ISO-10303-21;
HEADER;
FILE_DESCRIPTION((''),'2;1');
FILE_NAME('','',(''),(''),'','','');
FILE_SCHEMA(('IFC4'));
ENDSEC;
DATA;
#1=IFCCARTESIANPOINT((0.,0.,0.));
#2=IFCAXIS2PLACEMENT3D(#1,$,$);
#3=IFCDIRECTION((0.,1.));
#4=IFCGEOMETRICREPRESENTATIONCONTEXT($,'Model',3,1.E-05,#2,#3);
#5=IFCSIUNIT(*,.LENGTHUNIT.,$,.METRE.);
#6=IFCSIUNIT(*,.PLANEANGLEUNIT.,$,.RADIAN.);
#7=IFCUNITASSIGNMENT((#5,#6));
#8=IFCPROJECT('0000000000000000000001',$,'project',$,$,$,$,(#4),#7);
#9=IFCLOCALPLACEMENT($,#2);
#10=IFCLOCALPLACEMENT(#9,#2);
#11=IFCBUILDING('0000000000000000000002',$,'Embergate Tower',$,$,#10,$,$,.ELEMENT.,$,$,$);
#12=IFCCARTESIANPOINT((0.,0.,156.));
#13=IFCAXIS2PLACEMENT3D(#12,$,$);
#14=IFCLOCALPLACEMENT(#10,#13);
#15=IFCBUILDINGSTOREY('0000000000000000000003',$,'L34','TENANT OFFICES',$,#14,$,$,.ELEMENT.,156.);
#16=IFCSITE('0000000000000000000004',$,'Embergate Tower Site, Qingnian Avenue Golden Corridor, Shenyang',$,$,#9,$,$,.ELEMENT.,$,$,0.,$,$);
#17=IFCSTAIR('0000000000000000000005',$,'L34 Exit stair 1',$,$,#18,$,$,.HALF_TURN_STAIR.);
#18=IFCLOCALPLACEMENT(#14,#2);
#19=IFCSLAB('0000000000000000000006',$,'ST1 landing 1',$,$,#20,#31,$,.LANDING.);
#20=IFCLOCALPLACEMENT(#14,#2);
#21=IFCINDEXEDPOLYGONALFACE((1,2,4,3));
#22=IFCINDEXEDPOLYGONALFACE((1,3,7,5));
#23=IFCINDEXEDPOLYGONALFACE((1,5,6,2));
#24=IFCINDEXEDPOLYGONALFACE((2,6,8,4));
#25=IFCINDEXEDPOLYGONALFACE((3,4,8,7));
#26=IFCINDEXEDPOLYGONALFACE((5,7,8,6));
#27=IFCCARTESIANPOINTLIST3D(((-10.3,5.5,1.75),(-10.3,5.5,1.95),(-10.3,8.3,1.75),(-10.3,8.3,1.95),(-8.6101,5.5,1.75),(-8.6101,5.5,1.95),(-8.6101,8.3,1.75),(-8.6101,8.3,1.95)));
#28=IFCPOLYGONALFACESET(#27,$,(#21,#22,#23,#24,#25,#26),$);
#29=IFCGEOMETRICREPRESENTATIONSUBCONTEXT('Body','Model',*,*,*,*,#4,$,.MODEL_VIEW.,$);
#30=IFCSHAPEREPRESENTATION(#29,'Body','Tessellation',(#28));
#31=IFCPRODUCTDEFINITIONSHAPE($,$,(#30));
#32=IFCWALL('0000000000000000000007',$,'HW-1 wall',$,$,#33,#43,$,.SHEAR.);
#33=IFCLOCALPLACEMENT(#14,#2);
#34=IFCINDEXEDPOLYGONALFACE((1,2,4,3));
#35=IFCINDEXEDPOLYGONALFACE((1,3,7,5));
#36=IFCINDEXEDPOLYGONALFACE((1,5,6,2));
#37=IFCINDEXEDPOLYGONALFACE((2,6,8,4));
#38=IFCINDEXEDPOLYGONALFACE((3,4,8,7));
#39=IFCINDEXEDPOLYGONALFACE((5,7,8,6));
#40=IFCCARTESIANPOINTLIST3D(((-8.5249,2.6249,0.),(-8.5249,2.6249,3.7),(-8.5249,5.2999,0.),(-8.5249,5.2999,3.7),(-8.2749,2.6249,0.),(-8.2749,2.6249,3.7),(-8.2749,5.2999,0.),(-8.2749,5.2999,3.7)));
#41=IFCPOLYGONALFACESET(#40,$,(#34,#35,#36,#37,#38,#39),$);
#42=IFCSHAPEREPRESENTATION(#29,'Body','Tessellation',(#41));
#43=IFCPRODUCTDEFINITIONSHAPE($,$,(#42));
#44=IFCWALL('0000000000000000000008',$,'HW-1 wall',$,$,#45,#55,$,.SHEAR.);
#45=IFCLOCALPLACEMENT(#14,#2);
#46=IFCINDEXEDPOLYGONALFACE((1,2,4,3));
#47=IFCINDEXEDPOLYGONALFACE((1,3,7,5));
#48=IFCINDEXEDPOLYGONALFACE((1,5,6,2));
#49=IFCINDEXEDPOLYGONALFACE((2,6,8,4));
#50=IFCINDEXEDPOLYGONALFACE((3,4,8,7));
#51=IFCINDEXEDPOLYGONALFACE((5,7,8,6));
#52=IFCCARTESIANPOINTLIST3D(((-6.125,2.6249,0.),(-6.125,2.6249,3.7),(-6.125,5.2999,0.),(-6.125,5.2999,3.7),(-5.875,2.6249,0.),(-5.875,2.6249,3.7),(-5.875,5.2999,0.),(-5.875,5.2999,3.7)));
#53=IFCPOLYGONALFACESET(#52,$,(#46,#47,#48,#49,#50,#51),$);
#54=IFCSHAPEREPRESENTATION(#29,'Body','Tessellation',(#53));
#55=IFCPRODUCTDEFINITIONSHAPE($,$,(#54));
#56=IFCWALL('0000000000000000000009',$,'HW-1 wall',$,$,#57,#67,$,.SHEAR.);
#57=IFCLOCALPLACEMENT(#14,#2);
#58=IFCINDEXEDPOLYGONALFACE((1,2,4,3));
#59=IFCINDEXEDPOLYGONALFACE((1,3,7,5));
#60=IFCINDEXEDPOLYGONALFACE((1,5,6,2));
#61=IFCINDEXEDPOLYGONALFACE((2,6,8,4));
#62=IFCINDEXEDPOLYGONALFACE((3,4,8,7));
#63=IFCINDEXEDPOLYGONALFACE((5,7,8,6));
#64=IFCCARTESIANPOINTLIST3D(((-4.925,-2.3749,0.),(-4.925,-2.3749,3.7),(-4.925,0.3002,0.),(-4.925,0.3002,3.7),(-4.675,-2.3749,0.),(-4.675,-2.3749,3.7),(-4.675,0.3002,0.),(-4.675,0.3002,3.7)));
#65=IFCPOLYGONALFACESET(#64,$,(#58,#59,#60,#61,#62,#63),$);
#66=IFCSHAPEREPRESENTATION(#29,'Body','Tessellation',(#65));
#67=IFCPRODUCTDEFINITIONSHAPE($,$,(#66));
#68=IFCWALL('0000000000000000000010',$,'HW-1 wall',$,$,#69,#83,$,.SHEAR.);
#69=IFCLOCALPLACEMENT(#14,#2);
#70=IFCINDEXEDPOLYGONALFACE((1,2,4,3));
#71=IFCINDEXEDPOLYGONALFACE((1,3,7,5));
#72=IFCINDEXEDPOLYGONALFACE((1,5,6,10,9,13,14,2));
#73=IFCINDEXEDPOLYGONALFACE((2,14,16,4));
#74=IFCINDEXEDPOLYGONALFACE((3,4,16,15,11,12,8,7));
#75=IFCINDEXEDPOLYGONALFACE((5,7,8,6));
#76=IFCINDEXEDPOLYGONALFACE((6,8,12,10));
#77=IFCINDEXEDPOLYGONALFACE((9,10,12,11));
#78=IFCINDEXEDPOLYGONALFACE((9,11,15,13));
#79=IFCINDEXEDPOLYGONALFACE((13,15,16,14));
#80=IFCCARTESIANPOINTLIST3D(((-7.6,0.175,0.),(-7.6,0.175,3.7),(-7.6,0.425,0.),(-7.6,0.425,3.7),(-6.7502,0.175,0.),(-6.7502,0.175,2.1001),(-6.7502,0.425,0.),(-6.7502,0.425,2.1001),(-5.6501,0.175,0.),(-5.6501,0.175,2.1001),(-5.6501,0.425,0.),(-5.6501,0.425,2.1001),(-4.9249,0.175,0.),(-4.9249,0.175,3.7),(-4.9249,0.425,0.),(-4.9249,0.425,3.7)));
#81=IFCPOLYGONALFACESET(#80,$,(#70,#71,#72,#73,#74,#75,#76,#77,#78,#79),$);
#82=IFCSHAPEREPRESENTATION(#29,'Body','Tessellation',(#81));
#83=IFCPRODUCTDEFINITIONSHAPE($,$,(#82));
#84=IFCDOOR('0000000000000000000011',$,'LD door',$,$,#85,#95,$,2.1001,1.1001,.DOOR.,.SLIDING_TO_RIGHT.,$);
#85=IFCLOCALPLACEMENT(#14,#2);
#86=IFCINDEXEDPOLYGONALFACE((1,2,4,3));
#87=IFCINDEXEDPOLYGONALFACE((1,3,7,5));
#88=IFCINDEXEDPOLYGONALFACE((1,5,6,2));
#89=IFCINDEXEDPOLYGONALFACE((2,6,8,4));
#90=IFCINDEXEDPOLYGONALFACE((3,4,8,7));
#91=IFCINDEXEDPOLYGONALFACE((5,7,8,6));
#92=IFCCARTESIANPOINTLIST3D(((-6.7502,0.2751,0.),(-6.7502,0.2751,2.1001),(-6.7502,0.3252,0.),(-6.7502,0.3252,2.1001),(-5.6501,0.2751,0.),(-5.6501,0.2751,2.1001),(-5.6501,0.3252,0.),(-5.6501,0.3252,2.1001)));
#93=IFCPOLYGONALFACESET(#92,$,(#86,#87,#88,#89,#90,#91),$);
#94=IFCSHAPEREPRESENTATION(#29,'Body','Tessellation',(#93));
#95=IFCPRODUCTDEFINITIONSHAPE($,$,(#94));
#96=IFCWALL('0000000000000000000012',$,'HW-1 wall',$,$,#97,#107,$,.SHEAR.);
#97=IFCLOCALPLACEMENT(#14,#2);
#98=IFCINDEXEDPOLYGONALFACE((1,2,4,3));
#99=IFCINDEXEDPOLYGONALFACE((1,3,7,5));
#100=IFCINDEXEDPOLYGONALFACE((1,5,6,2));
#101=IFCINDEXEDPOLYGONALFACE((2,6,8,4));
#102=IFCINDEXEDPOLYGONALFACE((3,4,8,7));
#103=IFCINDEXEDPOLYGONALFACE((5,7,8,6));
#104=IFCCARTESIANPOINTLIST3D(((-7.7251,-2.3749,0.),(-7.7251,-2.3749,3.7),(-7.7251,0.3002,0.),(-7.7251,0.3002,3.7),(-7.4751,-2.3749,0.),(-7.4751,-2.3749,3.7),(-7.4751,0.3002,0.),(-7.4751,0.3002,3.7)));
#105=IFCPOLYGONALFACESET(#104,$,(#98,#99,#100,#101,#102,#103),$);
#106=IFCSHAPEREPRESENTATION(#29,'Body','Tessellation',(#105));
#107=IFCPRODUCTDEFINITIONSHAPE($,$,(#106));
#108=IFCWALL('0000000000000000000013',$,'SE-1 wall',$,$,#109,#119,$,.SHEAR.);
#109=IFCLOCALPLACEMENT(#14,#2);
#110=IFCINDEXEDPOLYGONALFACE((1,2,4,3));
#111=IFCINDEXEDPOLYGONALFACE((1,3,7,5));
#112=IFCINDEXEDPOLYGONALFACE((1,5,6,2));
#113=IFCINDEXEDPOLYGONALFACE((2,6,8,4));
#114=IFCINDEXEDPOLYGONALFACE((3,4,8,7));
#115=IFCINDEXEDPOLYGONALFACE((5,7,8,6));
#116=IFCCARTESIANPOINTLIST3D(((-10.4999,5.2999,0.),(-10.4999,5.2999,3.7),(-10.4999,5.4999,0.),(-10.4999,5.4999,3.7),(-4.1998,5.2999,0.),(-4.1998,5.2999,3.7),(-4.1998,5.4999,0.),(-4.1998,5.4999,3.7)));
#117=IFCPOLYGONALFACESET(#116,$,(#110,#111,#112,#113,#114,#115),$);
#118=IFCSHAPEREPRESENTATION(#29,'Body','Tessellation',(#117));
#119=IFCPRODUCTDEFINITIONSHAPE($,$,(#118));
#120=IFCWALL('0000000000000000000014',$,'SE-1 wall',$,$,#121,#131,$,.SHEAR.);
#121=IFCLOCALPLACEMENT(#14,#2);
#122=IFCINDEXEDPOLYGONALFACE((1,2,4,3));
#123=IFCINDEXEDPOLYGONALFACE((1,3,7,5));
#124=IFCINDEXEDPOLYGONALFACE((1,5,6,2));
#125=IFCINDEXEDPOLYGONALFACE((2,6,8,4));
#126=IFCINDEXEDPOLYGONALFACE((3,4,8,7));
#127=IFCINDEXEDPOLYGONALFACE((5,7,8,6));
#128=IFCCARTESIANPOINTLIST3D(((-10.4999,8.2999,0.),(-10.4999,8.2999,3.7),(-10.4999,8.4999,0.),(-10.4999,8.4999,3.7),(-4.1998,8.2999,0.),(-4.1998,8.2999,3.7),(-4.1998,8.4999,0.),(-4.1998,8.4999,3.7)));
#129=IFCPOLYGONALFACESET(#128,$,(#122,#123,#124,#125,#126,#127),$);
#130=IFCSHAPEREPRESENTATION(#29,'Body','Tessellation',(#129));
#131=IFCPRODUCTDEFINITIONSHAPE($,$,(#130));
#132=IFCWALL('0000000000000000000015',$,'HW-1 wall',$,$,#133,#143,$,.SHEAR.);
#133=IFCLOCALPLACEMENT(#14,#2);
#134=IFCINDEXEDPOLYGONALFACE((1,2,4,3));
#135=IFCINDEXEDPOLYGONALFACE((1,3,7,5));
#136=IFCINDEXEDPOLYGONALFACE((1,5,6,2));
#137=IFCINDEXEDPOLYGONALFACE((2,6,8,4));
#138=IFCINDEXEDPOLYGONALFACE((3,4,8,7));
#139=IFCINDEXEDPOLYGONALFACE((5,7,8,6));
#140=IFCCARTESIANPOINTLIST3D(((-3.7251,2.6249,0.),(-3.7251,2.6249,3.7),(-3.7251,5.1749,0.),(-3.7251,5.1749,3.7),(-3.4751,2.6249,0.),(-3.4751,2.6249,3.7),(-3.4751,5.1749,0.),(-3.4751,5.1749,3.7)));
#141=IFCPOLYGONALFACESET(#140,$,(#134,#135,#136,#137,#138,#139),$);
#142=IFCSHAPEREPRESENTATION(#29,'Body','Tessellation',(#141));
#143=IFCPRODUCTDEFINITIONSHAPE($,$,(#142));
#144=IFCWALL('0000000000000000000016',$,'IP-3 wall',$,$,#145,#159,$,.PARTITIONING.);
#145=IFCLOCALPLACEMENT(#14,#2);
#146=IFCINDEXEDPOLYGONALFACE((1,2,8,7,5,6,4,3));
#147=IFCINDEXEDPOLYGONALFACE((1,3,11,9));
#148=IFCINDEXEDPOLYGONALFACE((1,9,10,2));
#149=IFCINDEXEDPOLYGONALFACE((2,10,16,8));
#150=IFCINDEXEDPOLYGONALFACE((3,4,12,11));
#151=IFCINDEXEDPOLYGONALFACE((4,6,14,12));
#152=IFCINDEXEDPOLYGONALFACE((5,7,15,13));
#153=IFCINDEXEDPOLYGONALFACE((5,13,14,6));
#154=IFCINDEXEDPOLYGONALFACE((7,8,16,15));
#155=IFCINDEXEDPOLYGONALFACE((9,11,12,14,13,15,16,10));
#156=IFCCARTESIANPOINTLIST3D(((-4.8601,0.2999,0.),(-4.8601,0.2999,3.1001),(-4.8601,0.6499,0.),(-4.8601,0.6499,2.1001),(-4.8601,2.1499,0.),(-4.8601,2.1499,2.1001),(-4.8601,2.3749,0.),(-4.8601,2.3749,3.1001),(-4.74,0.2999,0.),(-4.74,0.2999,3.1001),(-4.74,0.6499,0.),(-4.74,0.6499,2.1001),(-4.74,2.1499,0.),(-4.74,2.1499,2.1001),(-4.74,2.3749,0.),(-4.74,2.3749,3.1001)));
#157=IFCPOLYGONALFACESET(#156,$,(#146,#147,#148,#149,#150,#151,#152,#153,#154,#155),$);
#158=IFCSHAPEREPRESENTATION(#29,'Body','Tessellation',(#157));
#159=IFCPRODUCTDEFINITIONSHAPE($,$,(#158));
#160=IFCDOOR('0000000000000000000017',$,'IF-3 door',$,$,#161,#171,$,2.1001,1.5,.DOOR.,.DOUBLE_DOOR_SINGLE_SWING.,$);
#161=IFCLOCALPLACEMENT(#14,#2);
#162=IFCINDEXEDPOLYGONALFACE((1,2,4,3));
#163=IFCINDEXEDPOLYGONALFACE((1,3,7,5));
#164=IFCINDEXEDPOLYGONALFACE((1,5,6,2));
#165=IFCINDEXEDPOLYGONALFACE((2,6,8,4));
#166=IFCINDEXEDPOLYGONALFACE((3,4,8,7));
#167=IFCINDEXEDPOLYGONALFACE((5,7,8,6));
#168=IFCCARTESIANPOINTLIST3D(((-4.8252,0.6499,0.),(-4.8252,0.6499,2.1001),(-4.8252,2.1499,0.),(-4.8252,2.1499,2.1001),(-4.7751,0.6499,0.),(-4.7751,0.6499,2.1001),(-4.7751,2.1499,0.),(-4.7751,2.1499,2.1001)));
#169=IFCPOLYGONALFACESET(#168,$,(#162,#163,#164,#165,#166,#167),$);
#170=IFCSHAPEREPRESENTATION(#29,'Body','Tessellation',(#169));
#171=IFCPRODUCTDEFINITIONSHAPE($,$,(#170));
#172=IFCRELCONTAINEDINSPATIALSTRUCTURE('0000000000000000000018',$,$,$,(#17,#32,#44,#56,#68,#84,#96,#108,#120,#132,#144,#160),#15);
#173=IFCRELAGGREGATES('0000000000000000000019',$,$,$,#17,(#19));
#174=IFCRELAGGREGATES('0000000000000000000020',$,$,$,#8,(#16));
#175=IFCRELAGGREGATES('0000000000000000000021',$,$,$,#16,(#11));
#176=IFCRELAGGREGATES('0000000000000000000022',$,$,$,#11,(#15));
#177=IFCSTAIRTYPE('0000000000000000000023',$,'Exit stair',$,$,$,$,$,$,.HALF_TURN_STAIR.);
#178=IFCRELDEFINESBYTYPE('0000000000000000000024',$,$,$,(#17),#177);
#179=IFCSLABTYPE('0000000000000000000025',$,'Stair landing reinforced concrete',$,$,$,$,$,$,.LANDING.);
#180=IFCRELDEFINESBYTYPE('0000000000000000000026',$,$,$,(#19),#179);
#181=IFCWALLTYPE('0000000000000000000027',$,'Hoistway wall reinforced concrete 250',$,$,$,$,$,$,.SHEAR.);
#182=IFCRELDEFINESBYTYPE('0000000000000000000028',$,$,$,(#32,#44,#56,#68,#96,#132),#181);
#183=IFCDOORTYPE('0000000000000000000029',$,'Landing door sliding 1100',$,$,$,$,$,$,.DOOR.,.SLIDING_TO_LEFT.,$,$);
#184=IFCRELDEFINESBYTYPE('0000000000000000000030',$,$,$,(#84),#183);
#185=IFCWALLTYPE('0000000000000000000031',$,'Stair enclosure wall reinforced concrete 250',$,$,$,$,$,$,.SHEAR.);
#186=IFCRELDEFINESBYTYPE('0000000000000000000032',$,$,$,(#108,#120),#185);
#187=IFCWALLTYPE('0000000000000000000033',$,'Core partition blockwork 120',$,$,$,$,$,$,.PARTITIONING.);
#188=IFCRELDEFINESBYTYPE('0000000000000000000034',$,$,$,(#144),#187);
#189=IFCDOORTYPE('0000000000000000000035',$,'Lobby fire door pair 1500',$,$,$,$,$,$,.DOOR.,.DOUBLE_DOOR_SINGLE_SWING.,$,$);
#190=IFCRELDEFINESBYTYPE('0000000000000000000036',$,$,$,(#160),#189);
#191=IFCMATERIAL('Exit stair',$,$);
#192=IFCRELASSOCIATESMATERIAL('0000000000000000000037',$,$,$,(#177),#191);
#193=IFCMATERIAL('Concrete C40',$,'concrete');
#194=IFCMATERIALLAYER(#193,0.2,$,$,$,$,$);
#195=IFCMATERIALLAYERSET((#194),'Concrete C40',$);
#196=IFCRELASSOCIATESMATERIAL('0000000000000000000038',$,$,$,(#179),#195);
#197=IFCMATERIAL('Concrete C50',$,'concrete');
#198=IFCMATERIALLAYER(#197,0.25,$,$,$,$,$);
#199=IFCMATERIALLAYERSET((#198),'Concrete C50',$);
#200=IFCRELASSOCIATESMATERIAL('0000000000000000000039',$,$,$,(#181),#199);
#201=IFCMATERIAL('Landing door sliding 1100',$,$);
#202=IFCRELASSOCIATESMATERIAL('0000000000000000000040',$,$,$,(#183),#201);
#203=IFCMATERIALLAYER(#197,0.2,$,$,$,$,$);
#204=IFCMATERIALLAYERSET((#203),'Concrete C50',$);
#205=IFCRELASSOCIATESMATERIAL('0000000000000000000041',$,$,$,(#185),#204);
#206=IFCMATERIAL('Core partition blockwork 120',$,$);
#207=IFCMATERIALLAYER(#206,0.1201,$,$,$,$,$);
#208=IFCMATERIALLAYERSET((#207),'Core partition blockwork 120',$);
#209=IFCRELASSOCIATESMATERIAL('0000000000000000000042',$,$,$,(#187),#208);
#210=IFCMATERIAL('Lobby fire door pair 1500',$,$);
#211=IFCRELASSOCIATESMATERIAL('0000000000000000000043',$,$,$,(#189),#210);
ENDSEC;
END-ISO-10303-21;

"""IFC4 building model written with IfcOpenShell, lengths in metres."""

from ifc_helpers import new_model, si_unit, direction, frame, frame_2d, origin, place, context, subcontext, project, spatial, polyline, rectangle, outline, extrude, source, transform, mapped, material, layer, layer_set, type_object, element, fill, aggregate, save


model = new_model("IFC4")

# Units and contexts
model_context = context("Model", 3, precision=1e-05, world=origin(), true_north=direction((0.0, 1.0)))
body_context = subcontext(model_context, "Body", "Model", "MODEL_VIEW")
ifc_project = project(units=[si_unit("LENGTHUNIT", "METRE"), si_unit("PLANEANGLEUNIT", "RADIAN")], contexts=[model_context])

# Site, building, storey
site_placement = place(None, origin())
site = spatial("IfcSite", under=ifc_project, at=site_placement, Name="Embergate Tower Site, Qingnian Avenue Golden Corridor, Shenyang", CompositionType="ELEMENT", RefElevation=0.0)
building_placement = place(site_placement, origin())
building = spatial("IfcBuilding", under=site, at=building_placement, Name="Embergate Tower", CompositionType="ELEMENT")
storey_placement = place(building_placement, frame((0.0, 0.0, 156.0)))
storey = spatial("IfcBuildingStorey", under=building, at=storey_placement, Name="L34", Description="TENANT OFFICES", CompositionType="ELEMENT", Elevation=156.0)

# Stair, slab
ifc_material_1 = material(Name="Exit stair")
stair_type = type_object("IfcStairType", Name="Exit stair", PredefinedType="HALF_TURN_STAIR", material=ifc_material_1)
stair_placement = place(storey_placement, origin())
stair = element("IfcStair", 1, at=stair_placement, inside=storey, type_object=stair_type, Name="L34 Exit stair 1", PredefinedType="HALF_TURN_STAIR")
ifc_material_2 = material(Name="Concrete C40", Category="concrete")
ifc_layer_1 = layer(ifc_material_2, 0.2)
ifc_layer_set_1 = layer_set([ifc_layer_1], Name="Concrete C40")
slab_type = type_object("IfcSlabType", Name="Stair landing reinforced concrete", PredefinedType="LANDING", material=ifc_layer_set_1)
shared_shape_1 = source(origin(), body_context, "Body", "SweptSolid", [
    extrude(outline(polyline([(0.0, 0.0), (1.6899, 0.0), (1.6899, 2.8), (0.0, 2.8), (0.0, 0.0)])), origin(), (0.0, 0.0, 1.0), 0.2),
])
slab_placement = place(storey_placement, frame((-10.3, 5.5, 1.75)))
slab = element("IfcSlab", 2, at=slab_placement, type_object=slab_type, Name="ST1 landing 1", PredefinedType="LANDING", context=body_context, shape_type="MappedRepresentation", body=[
    mapped(shared_shape_1, transform((0.0, 0.0, 0.0))),
])

# Walls
ifc_material_3 = material(Name="Concrete C50", Category="concrete")
ifc_layer_2 = layer(ifc_material_3, 0.25)
ifc_layer_set_2 = layer_set([ifc_layer_2], Name="Concrete C50")
wall_type_1 = type_object("IfcWallType", Name="Hoistway wall reinforced concrete 250", PredefinedType="SHEAR", material=ifc_layer_set_2)
shared_shape_2 = source(origin(), body_context, "Body", "SweptSolid", [
    extrude(rectangle(XDim=2.675, YDim=0.25, at=frame_2d((1.3374, 0.0))), origin(), (0.0, 0.0, 1.0), 3.7),
])
for number, where, z_axis, x_axis, name in (
    (3, (-8.3999, 2.625, 0.0), (0.0, 0.0, 1.0), (0.0, 1.0, 0.0), "HW-1 wall"),
    (4, (-6.0, 2.625, 0.0), (0.0, 0.0, 1.0), (0.0, 1.0, 0.0), "HW-1 wall"),
    (5, (-4.8, 0.3, 0.0), (0.0, 0.0, 1.0), (0.0, -1.0, 0.0), "HW-1 wall"),
):
    element("IfcWall", number, at=place(storey_placement, frame(where, z_axis=z_axis, x_axis=x_axis)), inside=storey, type_object=wall_type_1, Name=name, PredefinedType="SHEAR", context=body_context, shape_type="MappedRepresentation", body=[
        mapped(shared_shape_2, transform((0.0, 0.0, 0.0))),
    ])

# Wall, opening, door
wall_1_placement = place(storey_placement, frame((-4.925, 0.3, 0.0), z_axis=(0.0, 0.0, 1.0), x_axis=(-1.0, 0.0, 0.0)))
wall_1 = element("IfcWall", 6, at=wall_1_placement, inside=storey, type_object=wall_type_1, Name="HW-1 wall", PredefinedType="SHEAR", context=body_context, shape_type="MappedRepresentation", body=[
    mapped(shared_shape_2, transform((0.0, 0.0, 0.0))),
])
shared_shape_3 = source(origin(), body_context, "Body", "SweptSolid", [
    extrude(rectangle(XDim=1.1001, YDim=2.1001, at=frame_2d((0.55, 1.05))), frame((0.0, 0.135, 0.0), z_axis=(0.0, -1.0, 0.0), x_axis=(1.0, 0.0, 0.0)), (0.0, 0.0, 1.0), 0.27),
])
opening_1_placement = place(wall_1_placement, frame((0.7251, 0.0, 0.0)))
opening_1 = element("IfcOpeningElement", 7, at=opening_1_placement, cuts=wall_1, PredefinedType="OPENING", context=body_context, shape_type="MappedRepresentation", body=[
    mapped(shared_shape_3, transform((0.0, 0.0, 0.0))),
])
ifc_material_4 = material(Name="Landing door sliding 1100")
door_type_1 = type_object("IfcDoorType", Name="Landing door sliding 1100", OperationType="SLIDING_TO_LEFT", PredefinedType="DOOR", material=ifc_material_4)
shared_shape_4 = source(origin(), body_context, "Body", "SweptSolid", [
    extrude(rectangle(XDim=1.1001, YDim=2.1001, at=frame_2d((0.55, 1.05))), frame((0.0, 0.0249, 0.0), z_axis=(0.0, -1.0, 0.0), x_axis=(1.0, 0.0, 0.0)), (0.0, 0.0, 1.0), 0.05),
])
door_1_placement = place(opening_1_placement, origin())
door_1 = element("IfcDoor", 8, at=door_1_placement, inside=storey, type_object=door_type_1, Name="LD door", OperationType="SLIDING_TO_RIGHT", OverallHeight=2.1001, OverallWidth=1.1001, PredefinedType="DOOR", context=body_context, shape_type="MappedRepresentation", body=[
    mapped(shared_shape_4, transform((0.0, 0.0, 0.0))),
])
fill(opening_1, door_1)

# Walls
wall_2_placement = place(storey_placement, frame((-7.6001, 0.3, 0.0), z_axis=(0.0, 0.0, 1.0), x_axis=(0.0, -1.0, 0.0)))
element("IfcWall", 9, at=wall_2_placement, inside=storey, type_object=wall_type_1, Name="HW-1 wall", PredefinedType="SHEAR", context=body_context, shape_type="MappedRepresentation", body=[
    mapped(shared_shape_2, transform((0.0, 0.0, 0.0))),
])
ifc_layer_3 = layer(ifc_material_3, 0.2)
ifc_layer_set_3 = layer_set([ifc_layer_3], Name="Concrete C50")
wall_type_2 = type_object("IfcWallType", Name="Stair enclosure wall reinforced concrete 250", PredefinedType="SHEAR", material=ifc_layer_set_3)
shared_shape_5 = source(origin(), body_context, "Body", "SweptSolid", [
    extrude(rectangle(XDim=6.3, YDim=0.2, at=frame_2d((3.1499, 0.0))), origin(), (0.0, 0.0, 1.0), 3.7),
])
for number, where, z_axis, x_axis, name in (
    (10, (-4.2, 5.3999, 0.0), (0.0, 0.0, 1.0), (-1.0, 0.0, 0.0), "SE-1 wall"),
    (11, (-4.2, 8.3999, 0.0), (0.0, 0.0, 1.0), (-1.0, 0.0, 0.0), "SE-1 wall"),
):
    element("IfcWall", number, at=place(storey_placement, frame(where, z_axis=z_axis, x_axis=x_axis)), inside=storey, type_object=wall_type_2, Name=name, PredefinedType="SHEAR", context=body_context, shape_type="MappedRepresentation", body=[
        mapped(shared_shape_5, transform((0.0, 0.0, 0.0))),
    ])
shared_shape_6 = source(origin(), body_context, "Body", "SweptSolid", [
    extrude(rectangle(XDim=2.55, YDim=0.25, at=frame_2d((1.2749, 0.0))), origin(), (0.0, 0.0, 1.0), 3.7),
])
wall_3_placement = place(storey_placement, frame((-3.6001, 2.625, 0.0), z_axis=(0.0, 0.0, 1.0), x_axis=(0.0, 1.0, 0.0)))
element("IfcWall", 12, at=wall_3_placement, inside=storey, type_object=wall_type_1, Name="HW-1 wall", PredefinedType="SHEAR", context=body_context, shape_type="MappedRepresentation", body=[
    mapped(shared_shape_6, transform((0.0, 0.0, 0.0))),
])

# Wall, opening, door
ifc_material_5 = material(Name="Core partition blockwork 120")
ifc_layer_4 = layer(ifc_material_5, 0.1201)
ifc_layer_set_4 = layer_set([ifc_layer_4], Name="Core partition blockwork 120")
wall_type_3 = type_object("IfcWallType", Name="Core partition blockwork 120", PredefinedType="PARTITIONING", material=ifc_layer_set_4)
shared_shape_7 = source(origin(), body_context, "Body", "SweptSolid", [
    extrude(rectangle(XDim=2.075, YDim=0.1201, at=frame_2d((1.0376, 0.0))), origin(), (0.0, 0.0, 1.0), 3.1001),
])
wall_4_placement = place(storey_placement, frame((-4.8, 2.375, 0.0), z_axis=(0.0, 0.0, 1.0), x_axis=(0.0, -1.0, 0.0)))
wall_4 = element("IfcWall", 13, at=wall_4_placement, inside=storey, type_object=wall_type_3, Name="IP-3 wall", PredefinedType="PARTITIONING", context=body_context, shape_type="MappedRepresentation", body=[
    mapped(shared_shape_7, transform((0.0, 0.0, 0.0))),
])
shared_shape_8 = source(origin(), body_context, "Body", "SweptSolid", [
    extrude(rectangle(XDim=1.5, YDim=2.1001, at=frame_2d((0.75, 1.05))), frame((0.0, 0.0701, 0.0), z_axis=(0.0, -1.0, 0.0), x_axis=(1.0, 0.0, 0.0)), (0.0, 0.0, 1.0), 0.1401),
])
opening_2_placement = place(wall_4_placement, frame((0.2251, 0.0, 0.0)))
opening_2 = element("IfcOpeningElement", 14, at=opening_2_placement, cuts=wall_4, PredefinedType="OPENING", context=body_context, shape_type="MappedRepresentation", body=[
    mapped(shared_shape_8, transform((0.0, 0.0, 0.0))),
])
ifc_material_6 = material(Name="Lobby fire door pair 1500")
door_type_2 = type_object("IfcDoorType", Name="Lobby fire door pair 1500", OperationType="DOUBLE_DOOR_SINGLE_SWING", PredefinedType="DOOR", material=ifc_material_6)
shared_shape_9 = source(origin(), body_context, "Body", "SweptSolid", [
    extrude(rectangle(XDim=1.5, YDim=2.1001, at=frame_2d((0.75, 1.05))), frame((0.0, 0.0249, 0.0), z_axis=(0.0, -1.0, 0.0), x_axis=(1.0, 0.0, 0.0)), (0.0, 0.0, 1.0), 0.05),
])
door_2_placement = place(opening_2_placement, origin())
door_2 = element("IfcDoor", 15, at=door_2_placement, inside=storey, type_object=door_type_2, Name="IF-3 door", OperationType="DOUBLE_DOOR_SINGLE_SWING", OverallHeight=2.1001, OverallWidth=1.5, PredefinedType="DOOR", context=body_context, shape_type="MappedRepresentation", body=[
    mapped(shared_shape_9, transform((0.0, 0.0, 0.0))),
])
fill(opening_2, door_2)

aggregate(stair, [slab])

save(model, "model.ifc")
